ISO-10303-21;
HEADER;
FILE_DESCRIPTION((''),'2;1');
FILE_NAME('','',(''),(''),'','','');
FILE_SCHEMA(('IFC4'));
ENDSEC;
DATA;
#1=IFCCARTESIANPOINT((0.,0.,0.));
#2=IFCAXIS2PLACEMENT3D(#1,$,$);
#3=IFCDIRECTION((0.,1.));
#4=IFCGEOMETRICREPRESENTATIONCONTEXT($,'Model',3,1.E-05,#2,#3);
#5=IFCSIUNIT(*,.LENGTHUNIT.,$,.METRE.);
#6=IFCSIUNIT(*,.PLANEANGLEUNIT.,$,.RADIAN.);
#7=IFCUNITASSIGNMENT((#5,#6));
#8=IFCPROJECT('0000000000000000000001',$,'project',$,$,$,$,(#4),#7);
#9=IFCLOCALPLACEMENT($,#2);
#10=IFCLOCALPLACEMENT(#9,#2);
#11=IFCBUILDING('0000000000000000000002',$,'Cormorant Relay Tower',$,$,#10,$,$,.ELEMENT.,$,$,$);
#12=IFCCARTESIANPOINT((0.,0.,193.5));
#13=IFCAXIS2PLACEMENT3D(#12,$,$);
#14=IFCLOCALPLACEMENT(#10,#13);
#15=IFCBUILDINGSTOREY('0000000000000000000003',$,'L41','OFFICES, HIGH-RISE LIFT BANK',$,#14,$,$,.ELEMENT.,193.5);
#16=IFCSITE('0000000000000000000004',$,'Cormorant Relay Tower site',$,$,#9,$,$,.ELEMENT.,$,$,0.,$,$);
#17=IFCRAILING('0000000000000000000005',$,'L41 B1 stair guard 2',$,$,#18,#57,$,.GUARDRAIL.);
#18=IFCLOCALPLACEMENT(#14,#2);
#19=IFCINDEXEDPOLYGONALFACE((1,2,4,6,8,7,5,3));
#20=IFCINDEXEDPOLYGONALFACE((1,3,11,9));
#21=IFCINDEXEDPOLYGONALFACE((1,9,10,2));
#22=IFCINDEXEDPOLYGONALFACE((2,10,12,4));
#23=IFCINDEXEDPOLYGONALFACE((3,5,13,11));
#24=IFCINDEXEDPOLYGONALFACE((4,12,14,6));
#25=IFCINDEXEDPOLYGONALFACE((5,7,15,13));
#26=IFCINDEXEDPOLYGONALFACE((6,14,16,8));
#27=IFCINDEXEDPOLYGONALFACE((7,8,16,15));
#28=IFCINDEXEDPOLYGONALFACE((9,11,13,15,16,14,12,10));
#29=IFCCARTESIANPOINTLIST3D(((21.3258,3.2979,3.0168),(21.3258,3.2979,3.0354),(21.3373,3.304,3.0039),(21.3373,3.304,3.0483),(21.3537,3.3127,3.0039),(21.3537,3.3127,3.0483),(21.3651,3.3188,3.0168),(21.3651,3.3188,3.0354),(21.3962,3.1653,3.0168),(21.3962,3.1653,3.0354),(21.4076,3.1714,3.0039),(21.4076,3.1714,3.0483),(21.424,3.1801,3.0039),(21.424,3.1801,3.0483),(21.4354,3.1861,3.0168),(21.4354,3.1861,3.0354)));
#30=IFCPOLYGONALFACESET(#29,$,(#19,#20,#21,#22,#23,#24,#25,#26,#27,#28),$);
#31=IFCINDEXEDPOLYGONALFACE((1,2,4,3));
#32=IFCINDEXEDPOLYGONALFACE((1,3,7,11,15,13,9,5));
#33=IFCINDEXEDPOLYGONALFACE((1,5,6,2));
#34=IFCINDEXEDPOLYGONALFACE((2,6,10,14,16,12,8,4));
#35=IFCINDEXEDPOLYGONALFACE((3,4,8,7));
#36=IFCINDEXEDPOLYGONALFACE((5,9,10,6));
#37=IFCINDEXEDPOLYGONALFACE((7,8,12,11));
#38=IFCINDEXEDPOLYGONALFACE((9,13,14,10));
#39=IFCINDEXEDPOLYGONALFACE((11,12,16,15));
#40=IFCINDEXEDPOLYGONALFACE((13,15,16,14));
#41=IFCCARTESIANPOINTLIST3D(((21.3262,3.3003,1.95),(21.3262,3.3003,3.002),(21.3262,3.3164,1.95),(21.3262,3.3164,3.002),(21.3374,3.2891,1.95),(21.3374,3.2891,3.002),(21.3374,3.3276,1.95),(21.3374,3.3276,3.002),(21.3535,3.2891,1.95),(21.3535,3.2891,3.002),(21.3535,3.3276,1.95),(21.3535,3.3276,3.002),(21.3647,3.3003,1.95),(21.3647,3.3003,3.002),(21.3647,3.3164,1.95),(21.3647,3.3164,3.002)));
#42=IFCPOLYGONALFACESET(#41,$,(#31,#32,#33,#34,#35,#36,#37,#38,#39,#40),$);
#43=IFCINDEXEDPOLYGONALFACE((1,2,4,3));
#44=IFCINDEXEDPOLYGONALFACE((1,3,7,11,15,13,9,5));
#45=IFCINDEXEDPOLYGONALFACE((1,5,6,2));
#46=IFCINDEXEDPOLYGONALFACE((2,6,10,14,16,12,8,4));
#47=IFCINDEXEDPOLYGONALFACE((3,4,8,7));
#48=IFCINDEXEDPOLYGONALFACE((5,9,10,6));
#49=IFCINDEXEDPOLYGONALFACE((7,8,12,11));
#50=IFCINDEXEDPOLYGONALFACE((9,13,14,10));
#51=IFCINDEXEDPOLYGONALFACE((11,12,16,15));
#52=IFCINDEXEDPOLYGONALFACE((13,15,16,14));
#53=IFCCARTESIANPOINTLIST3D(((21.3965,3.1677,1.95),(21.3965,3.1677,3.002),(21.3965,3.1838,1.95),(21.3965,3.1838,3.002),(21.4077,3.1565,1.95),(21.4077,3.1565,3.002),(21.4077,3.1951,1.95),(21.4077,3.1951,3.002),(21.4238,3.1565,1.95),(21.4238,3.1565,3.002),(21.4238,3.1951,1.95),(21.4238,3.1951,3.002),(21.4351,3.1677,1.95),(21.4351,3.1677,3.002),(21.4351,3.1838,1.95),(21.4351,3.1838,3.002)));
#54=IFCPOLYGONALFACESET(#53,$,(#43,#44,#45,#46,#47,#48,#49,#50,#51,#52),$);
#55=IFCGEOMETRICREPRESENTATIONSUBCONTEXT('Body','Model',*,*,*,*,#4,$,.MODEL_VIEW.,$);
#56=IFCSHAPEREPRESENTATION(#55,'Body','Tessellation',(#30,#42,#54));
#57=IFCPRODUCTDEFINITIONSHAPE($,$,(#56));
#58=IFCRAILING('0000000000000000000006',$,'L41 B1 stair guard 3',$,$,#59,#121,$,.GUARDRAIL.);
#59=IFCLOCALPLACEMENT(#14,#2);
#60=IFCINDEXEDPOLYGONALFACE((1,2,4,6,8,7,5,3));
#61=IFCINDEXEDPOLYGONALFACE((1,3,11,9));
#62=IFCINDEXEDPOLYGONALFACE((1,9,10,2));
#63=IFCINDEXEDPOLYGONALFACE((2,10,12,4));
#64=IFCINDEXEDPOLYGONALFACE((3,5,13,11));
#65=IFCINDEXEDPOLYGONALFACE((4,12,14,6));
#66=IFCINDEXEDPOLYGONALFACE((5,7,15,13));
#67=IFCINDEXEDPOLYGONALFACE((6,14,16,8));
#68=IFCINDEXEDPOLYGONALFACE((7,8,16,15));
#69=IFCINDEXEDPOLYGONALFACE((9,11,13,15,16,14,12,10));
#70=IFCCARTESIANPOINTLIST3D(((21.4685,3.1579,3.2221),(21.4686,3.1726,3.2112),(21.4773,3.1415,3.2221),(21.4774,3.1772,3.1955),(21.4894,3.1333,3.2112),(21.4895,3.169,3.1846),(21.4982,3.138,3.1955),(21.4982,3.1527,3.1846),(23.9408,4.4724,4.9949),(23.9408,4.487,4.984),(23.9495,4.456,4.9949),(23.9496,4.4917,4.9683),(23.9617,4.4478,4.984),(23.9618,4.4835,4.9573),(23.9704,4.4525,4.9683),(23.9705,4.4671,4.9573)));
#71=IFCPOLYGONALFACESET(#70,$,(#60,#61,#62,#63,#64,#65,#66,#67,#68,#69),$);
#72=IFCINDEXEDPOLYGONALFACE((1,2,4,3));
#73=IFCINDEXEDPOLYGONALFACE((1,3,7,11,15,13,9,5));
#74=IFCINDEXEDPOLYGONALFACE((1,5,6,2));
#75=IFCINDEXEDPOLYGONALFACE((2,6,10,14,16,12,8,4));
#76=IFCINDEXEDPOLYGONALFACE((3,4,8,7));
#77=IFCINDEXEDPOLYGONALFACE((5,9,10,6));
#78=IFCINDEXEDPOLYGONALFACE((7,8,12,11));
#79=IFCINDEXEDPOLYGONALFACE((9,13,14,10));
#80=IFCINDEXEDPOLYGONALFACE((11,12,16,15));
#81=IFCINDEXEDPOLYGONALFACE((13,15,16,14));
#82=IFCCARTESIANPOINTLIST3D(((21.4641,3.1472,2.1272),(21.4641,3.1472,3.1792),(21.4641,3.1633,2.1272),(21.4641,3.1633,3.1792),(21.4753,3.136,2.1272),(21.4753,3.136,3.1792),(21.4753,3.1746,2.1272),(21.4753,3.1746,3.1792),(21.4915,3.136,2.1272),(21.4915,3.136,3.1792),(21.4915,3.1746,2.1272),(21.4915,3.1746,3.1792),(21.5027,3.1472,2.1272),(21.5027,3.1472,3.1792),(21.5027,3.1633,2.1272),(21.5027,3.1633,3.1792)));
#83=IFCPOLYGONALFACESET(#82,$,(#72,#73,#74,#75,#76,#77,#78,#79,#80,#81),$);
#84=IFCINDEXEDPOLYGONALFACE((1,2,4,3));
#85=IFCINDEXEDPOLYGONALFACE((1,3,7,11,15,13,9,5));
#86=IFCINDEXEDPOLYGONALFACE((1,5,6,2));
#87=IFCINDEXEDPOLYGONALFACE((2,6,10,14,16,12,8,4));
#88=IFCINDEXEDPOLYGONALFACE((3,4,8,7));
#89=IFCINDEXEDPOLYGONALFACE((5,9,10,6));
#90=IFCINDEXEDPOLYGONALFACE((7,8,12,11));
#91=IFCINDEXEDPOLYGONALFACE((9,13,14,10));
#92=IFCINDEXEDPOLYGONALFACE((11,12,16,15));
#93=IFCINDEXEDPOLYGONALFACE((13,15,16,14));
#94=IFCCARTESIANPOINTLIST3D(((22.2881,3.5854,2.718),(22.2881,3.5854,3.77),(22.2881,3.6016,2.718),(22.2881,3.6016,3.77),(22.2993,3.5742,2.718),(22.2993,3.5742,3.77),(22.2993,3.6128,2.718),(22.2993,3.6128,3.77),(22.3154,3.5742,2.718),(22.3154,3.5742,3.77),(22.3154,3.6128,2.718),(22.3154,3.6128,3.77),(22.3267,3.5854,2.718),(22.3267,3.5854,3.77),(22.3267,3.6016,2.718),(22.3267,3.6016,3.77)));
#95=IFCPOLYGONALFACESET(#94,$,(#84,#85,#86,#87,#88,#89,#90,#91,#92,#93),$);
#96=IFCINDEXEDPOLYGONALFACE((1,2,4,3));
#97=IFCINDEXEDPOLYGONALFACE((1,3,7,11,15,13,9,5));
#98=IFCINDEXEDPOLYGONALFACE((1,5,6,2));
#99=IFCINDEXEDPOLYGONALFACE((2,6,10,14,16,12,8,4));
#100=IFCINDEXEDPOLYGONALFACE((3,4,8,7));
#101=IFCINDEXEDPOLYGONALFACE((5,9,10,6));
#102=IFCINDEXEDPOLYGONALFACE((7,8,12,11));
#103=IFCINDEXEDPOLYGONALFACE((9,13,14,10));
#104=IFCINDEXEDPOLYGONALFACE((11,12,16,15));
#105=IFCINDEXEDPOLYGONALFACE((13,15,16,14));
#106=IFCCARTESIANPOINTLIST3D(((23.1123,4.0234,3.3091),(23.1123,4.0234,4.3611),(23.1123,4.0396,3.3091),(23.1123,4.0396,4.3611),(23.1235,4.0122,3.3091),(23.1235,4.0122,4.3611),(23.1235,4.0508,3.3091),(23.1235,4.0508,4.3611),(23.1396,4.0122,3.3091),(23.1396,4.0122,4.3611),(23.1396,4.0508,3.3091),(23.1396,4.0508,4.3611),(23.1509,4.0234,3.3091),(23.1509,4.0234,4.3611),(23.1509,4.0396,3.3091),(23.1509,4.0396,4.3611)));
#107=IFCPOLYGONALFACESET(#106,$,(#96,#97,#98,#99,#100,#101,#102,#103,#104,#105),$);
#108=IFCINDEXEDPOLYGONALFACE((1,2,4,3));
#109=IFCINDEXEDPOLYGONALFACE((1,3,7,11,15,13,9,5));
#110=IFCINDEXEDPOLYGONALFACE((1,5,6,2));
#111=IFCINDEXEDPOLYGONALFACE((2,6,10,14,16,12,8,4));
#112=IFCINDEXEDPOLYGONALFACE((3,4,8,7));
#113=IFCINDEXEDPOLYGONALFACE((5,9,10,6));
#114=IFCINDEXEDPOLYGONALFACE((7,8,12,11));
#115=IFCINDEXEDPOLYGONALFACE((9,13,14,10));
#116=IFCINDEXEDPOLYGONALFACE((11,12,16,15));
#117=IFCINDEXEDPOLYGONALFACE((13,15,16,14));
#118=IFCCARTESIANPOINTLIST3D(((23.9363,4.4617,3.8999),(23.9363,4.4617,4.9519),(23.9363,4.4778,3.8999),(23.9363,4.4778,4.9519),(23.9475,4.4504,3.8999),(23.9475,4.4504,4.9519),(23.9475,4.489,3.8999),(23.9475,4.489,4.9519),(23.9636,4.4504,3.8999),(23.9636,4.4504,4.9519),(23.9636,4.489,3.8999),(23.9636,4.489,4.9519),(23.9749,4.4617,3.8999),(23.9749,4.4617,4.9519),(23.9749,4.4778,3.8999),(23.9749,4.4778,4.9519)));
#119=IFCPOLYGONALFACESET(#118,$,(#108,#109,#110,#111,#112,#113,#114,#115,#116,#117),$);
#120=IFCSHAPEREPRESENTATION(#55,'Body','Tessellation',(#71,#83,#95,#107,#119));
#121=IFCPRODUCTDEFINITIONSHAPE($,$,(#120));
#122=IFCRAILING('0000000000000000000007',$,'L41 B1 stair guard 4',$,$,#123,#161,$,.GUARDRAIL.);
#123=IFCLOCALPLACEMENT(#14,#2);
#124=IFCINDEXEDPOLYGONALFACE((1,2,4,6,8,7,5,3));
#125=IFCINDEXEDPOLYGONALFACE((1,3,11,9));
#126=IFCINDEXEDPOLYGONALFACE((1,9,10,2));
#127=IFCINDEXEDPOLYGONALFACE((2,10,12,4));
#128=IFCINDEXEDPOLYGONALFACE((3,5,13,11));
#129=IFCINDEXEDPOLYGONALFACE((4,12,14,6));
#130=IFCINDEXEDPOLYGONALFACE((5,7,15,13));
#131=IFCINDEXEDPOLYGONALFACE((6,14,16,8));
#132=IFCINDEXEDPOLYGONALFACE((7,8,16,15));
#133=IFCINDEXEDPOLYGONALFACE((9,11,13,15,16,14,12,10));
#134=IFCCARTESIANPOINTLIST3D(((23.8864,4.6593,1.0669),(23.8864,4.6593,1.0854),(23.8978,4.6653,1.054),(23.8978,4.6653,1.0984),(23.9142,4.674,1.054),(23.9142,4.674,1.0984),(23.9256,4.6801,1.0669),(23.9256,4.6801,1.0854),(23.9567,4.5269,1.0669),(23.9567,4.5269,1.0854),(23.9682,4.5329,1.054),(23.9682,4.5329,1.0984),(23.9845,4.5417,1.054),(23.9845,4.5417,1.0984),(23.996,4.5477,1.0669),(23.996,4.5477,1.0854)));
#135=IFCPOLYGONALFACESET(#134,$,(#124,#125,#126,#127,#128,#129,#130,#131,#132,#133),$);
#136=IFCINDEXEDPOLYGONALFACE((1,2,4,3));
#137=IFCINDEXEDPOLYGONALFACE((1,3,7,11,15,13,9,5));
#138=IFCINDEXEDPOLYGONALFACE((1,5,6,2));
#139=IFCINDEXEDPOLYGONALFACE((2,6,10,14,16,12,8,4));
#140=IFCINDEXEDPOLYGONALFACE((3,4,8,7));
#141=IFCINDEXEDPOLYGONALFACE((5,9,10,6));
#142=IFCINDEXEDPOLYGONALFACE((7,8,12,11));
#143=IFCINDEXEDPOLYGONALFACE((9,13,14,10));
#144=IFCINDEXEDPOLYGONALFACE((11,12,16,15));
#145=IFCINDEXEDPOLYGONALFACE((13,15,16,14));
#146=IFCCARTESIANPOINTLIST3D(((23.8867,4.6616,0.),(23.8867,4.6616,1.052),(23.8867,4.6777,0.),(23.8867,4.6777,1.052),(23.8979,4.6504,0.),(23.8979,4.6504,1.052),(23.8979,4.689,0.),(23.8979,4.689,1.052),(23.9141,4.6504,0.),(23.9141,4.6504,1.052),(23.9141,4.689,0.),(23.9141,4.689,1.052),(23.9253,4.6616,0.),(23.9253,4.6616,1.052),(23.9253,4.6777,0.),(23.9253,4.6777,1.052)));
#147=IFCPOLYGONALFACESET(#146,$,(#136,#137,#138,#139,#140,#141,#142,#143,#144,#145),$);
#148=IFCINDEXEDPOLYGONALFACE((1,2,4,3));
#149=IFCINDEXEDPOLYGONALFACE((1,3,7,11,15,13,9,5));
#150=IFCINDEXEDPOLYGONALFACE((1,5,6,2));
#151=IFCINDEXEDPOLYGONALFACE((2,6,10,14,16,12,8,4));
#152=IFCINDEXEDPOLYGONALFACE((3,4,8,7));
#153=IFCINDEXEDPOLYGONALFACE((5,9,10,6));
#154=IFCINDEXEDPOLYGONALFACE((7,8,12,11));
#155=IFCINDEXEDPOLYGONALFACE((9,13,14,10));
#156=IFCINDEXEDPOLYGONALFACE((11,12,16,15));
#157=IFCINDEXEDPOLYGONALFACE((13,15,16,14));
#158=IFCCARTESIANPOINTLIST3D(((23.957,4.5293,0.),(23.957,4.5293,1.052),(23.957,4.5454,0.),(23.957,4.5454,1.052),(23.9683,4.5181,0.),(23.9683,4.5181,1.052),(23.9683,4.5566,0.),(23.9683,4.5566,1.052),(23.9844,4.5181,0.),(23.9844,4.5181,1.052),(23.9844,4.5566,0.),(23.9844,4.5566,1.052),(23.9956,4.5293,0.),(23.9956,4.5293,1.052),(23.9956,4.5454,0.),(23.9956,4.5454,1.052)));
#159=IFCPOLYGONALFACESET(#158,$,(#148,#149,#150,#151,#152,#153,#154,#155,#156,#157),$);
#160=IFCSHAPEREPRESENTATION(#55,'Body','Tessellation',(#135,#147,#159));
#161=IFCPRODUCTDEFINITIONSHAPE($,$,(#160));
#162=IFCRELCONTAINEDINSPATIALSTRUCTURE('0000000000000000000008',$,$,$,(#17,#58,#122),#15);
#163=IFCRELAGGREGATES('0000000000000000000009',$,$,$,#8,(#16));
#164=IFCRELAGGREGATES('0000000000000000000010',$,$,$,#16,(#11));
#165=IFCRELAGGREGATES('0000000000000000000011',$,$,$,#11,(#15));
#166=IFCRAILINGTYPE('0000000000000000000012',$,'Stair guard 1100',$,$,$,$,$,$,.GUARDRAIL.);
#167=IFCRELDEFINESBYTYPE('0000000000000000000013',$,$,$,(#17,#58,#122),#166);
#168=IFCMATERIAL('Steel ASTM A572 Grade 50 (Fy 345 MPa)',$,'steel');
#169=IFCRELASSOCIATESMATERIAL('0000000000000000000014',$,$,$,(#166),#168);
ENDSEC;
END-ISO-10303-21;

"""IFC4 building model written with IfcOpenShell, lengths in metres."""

from ifc_helpers import new_model, si_unit, direction, frame, origin, place, context, subcontext, project, spatial, polyline, outline, extrude, material, type_object, element, save


model = new_model("IFC4")

# Units and contexts
model_context = context("Model", 3, precision=1e-05, world=origin(), true_north=direction((0.0, 1.0)))
body_context = subcontext(model_context, "Body", "Model", "MODEL_VIEW")
ifc_project = project(units=[si_unit("LENGTHUNIT", "METRE"), si_unit("PLANEANGLEUNIT", "RADIAN")], contexts=[model_context])

# Site, building, storey
site_placement = place(None, origin())
site = spatial("IfcSite", under=ifc_project, at=site_placement, Name="Cormorant Relay Tower site", CompositionType="ELEMENT", RefElevation=0.0)
building_placement = place(site_placement, origin())
building = spatial("IfcBuilding", under=site, at=building_placement, Name="Cormorant Relay Tower", CompositionType="ELEMENT")
storey_placement = place(building_placement, frame((0.0, 0.0, 193.5)))
storey = spatial("IfcBuildingStorey", under=building, at=storey_placement, Name="L41", Description="OFFICES, HIGH-RISE LIFT BANK", CompositionType="ELEMENT", Elevation=193.5)

# Railings
ifc_material_1 = material(Name="Steel ASTM A572 Grade 50 (Fy 345 MPa)", Category="steel")
railing_type_1 = type_object("IfcRailingType", Name="Stair guard 1100", PredefinedType="GUARDRAIL", material=ifc_material_1)
railing_1_placement = place(storey_placement, frame((21.3455, 3.3083, 1.95)))
element("IfcRailing", 1, at=railing_1_placement, inside=storey, type_object=railing_type_1, Name="L41 B1 stair guard 2", PredefinedType="GUARDRAIL", context=body_context, shape_type="SweptSolid", body=[
    extrude(outline(polyline([(0.0222, 0.0093), (0.0093, 0.0222), (-0.0093, 0.0222), (-0.0222, 0.0093), (-0.0222, -0.0093), (-0.0093, -0.0222), (0.0093, -0.0222), (0.0222, -0.0093), (0.0222, 0.0093)])), frame((0.0, 0.0, 1.0762), z_axis=(0.46856, -0.883431, 0.0), x_axis=(0.883431, 0.46856, 0.0)), (0.0, 0.0, 1.0), 0.1501),
    extrude(outline(polyline([(0.0193, 0.0081), (0.0081, 0.0193), (-0.0081, 0.0193), (-0.0193, 0.0081), (-0.0193, -0.0081), (-0.0081, -0.0193), (0.0081, -0.0193), (0.0193, -0.0081), (0.0193, 0.0081)])), origin(), (0.0, 0.0, 1.0), 1.052),
    extrude(outline(polyline([(0.0193, 0.0081), (0.0081, 0.0193), (-0.0081, 0.0193), (-0.0193, 0.0081), (-0.0193, -0.0081), (-0.0081, -0.0193), (0.0081, -0.0193), (0.0193, -0.0081), (0.0193, 0.0081)])), frame((0.0703, -0.1326, 0.0)), (0.0, 0.0, 1.0), 1.052),
])
railing_2_placement = place(storey_placement, frame((21.4834, 3.1553, 2.1272)))
element("IfcRailing", 2, at=railing_2_placement, inside=storey, type_object=railing_type_1, Name="L41 B1 stair guard 3", PredefinedType="GUARDRAIL", context=body_context, shape_type="SweptSolid", body=[
    extrude(outline(polyline([(0.0222, 0.0093), (0.0093, 0.0222), (-0.0093, 0.0222), (-0.0222, 0.0093), (-0.0222, -0.0093), (-0.0093, -0.0222), (0.0093, -0.0222), (0.0222, -0.0093), (0.0222, 0.0093)])), frame((0.0, 0.0, 1.0762), z_axis=(0.746001, 0.396649, 0.534931), x_axis=(-0.469465, 0.882951, 0.0)), (0.0, 0.0, 1.0), 3.314),
    extrude(outline(polyline([(0.0193, 0.0081), (0.0081, 0.0193), (-0.0081, 0.0193), (-0.0193, 0.0081), (-0.0193, -0.0081), (-0.0081, -0.0193), (0.0081, -0.0193), (0.0193, -0.0081), (0.0193, 0.0081)])), origin(), (0.0, 0.0, 1.0), 1.052),
    extrude(outline(polyline([(0.0193, 0.0081), (0.0081, 0.0193), (-0.0081, 0.0193), (-0.0193, 0.0081), (-0.0193, -0.0081), (-0.0081, -0.0193), (0.0081, -0.0193), (0.0193, -0.0081), (0.0193, 0.0081)])), frame((0.824, 0.4382, 0.5908)), (0.0, 0.0, 1.0), 1.052),
    extrude(outline(polyline([(0.0193, 0.0081), (0.0081, 0.0193), (-0.0081, 0.0193), (-0.0193, 0.0081), (-0.0193, -0.0081), (-0.0081, -0.0193), (0.0081, -0.0193), (0.0193, -0.0081), (0.0193, 0.0081)])), frame((1.6482, 0.8762, 1.1819)), (0.0, 0.0, 1.0), 1.052),
    extrude(outline(polyline([(0.0193, 0.0081), (0.0081, 0.0193), (-0.0081, 0.0193), (-0.0193, 0.0081), (-0.0193, -0.0081), (-0.0081, -0.0193), (0.0081, -0.0193), (0.0193, -0.0081), (0.0193, 0.0081)])), frame((2.4722, 1.3145, 1.7727)), (0.0, 0.0, 1.0), 1.052),
])
railing_3_placement = place(storey_placement, frame((23.906, 4.6697, 0.0)))
element("IfcRailing", 3, at=railing_3_placement, inside=storey, type_object=railing_type_1, Name="L41 B1 stair guard 4", PredefinedType="GUARDRAIL", context=body_context, shape_type="SweptSolid", body=[
    extrude(outline(polyline([(0.0222, 0.0093), (0.0093, 0.0222), (-0.0093, 0.0222), (-0.0222, 0.0093), (-0.0222, -0.0093), (-0.0093, -0.0222), (0.0093, -0.0222), (0.0222, -0.0093), (0.0222, 0.0093)])), frame((0.0, 0.0, 1.0762), z_axis=(0.469235, -0.883074, 0.0), x_axis=(0.883074, 0.469235, 0.0)), (0.0, 0.0, 1.0), 0.1499),
    extrude(outline(polyline([(0.0193, 0.0081), (0.0081, 0.0193), (-0.0081, 0.0193), (-0.0193, 0.0081), (-0.0193, -0.0081), (-0.0081, -0.0193), (0.0081, -0.0193), (0.0193, -0.0081), (0.0193, 0.0081)])), origin(), (0.0, 0.0, 1.0), 1.052),
    extrude(outline(polyline([(0.0193, 0.0081), (0.0081, 0.0193), (-0.0081, 0.0193), (-0.0193, 0.0081), (-0.0193, -0.0081), (-0.0081, -0.0193), (0.0081, -0.0193), (0.0193, -0.0081), (0.0193, 0.0081)])), frame((0.0703, -0.1323, 0.0)), (0.0, 0.0, 1.0), 1.052),
])

save(model, "model.ifc")
